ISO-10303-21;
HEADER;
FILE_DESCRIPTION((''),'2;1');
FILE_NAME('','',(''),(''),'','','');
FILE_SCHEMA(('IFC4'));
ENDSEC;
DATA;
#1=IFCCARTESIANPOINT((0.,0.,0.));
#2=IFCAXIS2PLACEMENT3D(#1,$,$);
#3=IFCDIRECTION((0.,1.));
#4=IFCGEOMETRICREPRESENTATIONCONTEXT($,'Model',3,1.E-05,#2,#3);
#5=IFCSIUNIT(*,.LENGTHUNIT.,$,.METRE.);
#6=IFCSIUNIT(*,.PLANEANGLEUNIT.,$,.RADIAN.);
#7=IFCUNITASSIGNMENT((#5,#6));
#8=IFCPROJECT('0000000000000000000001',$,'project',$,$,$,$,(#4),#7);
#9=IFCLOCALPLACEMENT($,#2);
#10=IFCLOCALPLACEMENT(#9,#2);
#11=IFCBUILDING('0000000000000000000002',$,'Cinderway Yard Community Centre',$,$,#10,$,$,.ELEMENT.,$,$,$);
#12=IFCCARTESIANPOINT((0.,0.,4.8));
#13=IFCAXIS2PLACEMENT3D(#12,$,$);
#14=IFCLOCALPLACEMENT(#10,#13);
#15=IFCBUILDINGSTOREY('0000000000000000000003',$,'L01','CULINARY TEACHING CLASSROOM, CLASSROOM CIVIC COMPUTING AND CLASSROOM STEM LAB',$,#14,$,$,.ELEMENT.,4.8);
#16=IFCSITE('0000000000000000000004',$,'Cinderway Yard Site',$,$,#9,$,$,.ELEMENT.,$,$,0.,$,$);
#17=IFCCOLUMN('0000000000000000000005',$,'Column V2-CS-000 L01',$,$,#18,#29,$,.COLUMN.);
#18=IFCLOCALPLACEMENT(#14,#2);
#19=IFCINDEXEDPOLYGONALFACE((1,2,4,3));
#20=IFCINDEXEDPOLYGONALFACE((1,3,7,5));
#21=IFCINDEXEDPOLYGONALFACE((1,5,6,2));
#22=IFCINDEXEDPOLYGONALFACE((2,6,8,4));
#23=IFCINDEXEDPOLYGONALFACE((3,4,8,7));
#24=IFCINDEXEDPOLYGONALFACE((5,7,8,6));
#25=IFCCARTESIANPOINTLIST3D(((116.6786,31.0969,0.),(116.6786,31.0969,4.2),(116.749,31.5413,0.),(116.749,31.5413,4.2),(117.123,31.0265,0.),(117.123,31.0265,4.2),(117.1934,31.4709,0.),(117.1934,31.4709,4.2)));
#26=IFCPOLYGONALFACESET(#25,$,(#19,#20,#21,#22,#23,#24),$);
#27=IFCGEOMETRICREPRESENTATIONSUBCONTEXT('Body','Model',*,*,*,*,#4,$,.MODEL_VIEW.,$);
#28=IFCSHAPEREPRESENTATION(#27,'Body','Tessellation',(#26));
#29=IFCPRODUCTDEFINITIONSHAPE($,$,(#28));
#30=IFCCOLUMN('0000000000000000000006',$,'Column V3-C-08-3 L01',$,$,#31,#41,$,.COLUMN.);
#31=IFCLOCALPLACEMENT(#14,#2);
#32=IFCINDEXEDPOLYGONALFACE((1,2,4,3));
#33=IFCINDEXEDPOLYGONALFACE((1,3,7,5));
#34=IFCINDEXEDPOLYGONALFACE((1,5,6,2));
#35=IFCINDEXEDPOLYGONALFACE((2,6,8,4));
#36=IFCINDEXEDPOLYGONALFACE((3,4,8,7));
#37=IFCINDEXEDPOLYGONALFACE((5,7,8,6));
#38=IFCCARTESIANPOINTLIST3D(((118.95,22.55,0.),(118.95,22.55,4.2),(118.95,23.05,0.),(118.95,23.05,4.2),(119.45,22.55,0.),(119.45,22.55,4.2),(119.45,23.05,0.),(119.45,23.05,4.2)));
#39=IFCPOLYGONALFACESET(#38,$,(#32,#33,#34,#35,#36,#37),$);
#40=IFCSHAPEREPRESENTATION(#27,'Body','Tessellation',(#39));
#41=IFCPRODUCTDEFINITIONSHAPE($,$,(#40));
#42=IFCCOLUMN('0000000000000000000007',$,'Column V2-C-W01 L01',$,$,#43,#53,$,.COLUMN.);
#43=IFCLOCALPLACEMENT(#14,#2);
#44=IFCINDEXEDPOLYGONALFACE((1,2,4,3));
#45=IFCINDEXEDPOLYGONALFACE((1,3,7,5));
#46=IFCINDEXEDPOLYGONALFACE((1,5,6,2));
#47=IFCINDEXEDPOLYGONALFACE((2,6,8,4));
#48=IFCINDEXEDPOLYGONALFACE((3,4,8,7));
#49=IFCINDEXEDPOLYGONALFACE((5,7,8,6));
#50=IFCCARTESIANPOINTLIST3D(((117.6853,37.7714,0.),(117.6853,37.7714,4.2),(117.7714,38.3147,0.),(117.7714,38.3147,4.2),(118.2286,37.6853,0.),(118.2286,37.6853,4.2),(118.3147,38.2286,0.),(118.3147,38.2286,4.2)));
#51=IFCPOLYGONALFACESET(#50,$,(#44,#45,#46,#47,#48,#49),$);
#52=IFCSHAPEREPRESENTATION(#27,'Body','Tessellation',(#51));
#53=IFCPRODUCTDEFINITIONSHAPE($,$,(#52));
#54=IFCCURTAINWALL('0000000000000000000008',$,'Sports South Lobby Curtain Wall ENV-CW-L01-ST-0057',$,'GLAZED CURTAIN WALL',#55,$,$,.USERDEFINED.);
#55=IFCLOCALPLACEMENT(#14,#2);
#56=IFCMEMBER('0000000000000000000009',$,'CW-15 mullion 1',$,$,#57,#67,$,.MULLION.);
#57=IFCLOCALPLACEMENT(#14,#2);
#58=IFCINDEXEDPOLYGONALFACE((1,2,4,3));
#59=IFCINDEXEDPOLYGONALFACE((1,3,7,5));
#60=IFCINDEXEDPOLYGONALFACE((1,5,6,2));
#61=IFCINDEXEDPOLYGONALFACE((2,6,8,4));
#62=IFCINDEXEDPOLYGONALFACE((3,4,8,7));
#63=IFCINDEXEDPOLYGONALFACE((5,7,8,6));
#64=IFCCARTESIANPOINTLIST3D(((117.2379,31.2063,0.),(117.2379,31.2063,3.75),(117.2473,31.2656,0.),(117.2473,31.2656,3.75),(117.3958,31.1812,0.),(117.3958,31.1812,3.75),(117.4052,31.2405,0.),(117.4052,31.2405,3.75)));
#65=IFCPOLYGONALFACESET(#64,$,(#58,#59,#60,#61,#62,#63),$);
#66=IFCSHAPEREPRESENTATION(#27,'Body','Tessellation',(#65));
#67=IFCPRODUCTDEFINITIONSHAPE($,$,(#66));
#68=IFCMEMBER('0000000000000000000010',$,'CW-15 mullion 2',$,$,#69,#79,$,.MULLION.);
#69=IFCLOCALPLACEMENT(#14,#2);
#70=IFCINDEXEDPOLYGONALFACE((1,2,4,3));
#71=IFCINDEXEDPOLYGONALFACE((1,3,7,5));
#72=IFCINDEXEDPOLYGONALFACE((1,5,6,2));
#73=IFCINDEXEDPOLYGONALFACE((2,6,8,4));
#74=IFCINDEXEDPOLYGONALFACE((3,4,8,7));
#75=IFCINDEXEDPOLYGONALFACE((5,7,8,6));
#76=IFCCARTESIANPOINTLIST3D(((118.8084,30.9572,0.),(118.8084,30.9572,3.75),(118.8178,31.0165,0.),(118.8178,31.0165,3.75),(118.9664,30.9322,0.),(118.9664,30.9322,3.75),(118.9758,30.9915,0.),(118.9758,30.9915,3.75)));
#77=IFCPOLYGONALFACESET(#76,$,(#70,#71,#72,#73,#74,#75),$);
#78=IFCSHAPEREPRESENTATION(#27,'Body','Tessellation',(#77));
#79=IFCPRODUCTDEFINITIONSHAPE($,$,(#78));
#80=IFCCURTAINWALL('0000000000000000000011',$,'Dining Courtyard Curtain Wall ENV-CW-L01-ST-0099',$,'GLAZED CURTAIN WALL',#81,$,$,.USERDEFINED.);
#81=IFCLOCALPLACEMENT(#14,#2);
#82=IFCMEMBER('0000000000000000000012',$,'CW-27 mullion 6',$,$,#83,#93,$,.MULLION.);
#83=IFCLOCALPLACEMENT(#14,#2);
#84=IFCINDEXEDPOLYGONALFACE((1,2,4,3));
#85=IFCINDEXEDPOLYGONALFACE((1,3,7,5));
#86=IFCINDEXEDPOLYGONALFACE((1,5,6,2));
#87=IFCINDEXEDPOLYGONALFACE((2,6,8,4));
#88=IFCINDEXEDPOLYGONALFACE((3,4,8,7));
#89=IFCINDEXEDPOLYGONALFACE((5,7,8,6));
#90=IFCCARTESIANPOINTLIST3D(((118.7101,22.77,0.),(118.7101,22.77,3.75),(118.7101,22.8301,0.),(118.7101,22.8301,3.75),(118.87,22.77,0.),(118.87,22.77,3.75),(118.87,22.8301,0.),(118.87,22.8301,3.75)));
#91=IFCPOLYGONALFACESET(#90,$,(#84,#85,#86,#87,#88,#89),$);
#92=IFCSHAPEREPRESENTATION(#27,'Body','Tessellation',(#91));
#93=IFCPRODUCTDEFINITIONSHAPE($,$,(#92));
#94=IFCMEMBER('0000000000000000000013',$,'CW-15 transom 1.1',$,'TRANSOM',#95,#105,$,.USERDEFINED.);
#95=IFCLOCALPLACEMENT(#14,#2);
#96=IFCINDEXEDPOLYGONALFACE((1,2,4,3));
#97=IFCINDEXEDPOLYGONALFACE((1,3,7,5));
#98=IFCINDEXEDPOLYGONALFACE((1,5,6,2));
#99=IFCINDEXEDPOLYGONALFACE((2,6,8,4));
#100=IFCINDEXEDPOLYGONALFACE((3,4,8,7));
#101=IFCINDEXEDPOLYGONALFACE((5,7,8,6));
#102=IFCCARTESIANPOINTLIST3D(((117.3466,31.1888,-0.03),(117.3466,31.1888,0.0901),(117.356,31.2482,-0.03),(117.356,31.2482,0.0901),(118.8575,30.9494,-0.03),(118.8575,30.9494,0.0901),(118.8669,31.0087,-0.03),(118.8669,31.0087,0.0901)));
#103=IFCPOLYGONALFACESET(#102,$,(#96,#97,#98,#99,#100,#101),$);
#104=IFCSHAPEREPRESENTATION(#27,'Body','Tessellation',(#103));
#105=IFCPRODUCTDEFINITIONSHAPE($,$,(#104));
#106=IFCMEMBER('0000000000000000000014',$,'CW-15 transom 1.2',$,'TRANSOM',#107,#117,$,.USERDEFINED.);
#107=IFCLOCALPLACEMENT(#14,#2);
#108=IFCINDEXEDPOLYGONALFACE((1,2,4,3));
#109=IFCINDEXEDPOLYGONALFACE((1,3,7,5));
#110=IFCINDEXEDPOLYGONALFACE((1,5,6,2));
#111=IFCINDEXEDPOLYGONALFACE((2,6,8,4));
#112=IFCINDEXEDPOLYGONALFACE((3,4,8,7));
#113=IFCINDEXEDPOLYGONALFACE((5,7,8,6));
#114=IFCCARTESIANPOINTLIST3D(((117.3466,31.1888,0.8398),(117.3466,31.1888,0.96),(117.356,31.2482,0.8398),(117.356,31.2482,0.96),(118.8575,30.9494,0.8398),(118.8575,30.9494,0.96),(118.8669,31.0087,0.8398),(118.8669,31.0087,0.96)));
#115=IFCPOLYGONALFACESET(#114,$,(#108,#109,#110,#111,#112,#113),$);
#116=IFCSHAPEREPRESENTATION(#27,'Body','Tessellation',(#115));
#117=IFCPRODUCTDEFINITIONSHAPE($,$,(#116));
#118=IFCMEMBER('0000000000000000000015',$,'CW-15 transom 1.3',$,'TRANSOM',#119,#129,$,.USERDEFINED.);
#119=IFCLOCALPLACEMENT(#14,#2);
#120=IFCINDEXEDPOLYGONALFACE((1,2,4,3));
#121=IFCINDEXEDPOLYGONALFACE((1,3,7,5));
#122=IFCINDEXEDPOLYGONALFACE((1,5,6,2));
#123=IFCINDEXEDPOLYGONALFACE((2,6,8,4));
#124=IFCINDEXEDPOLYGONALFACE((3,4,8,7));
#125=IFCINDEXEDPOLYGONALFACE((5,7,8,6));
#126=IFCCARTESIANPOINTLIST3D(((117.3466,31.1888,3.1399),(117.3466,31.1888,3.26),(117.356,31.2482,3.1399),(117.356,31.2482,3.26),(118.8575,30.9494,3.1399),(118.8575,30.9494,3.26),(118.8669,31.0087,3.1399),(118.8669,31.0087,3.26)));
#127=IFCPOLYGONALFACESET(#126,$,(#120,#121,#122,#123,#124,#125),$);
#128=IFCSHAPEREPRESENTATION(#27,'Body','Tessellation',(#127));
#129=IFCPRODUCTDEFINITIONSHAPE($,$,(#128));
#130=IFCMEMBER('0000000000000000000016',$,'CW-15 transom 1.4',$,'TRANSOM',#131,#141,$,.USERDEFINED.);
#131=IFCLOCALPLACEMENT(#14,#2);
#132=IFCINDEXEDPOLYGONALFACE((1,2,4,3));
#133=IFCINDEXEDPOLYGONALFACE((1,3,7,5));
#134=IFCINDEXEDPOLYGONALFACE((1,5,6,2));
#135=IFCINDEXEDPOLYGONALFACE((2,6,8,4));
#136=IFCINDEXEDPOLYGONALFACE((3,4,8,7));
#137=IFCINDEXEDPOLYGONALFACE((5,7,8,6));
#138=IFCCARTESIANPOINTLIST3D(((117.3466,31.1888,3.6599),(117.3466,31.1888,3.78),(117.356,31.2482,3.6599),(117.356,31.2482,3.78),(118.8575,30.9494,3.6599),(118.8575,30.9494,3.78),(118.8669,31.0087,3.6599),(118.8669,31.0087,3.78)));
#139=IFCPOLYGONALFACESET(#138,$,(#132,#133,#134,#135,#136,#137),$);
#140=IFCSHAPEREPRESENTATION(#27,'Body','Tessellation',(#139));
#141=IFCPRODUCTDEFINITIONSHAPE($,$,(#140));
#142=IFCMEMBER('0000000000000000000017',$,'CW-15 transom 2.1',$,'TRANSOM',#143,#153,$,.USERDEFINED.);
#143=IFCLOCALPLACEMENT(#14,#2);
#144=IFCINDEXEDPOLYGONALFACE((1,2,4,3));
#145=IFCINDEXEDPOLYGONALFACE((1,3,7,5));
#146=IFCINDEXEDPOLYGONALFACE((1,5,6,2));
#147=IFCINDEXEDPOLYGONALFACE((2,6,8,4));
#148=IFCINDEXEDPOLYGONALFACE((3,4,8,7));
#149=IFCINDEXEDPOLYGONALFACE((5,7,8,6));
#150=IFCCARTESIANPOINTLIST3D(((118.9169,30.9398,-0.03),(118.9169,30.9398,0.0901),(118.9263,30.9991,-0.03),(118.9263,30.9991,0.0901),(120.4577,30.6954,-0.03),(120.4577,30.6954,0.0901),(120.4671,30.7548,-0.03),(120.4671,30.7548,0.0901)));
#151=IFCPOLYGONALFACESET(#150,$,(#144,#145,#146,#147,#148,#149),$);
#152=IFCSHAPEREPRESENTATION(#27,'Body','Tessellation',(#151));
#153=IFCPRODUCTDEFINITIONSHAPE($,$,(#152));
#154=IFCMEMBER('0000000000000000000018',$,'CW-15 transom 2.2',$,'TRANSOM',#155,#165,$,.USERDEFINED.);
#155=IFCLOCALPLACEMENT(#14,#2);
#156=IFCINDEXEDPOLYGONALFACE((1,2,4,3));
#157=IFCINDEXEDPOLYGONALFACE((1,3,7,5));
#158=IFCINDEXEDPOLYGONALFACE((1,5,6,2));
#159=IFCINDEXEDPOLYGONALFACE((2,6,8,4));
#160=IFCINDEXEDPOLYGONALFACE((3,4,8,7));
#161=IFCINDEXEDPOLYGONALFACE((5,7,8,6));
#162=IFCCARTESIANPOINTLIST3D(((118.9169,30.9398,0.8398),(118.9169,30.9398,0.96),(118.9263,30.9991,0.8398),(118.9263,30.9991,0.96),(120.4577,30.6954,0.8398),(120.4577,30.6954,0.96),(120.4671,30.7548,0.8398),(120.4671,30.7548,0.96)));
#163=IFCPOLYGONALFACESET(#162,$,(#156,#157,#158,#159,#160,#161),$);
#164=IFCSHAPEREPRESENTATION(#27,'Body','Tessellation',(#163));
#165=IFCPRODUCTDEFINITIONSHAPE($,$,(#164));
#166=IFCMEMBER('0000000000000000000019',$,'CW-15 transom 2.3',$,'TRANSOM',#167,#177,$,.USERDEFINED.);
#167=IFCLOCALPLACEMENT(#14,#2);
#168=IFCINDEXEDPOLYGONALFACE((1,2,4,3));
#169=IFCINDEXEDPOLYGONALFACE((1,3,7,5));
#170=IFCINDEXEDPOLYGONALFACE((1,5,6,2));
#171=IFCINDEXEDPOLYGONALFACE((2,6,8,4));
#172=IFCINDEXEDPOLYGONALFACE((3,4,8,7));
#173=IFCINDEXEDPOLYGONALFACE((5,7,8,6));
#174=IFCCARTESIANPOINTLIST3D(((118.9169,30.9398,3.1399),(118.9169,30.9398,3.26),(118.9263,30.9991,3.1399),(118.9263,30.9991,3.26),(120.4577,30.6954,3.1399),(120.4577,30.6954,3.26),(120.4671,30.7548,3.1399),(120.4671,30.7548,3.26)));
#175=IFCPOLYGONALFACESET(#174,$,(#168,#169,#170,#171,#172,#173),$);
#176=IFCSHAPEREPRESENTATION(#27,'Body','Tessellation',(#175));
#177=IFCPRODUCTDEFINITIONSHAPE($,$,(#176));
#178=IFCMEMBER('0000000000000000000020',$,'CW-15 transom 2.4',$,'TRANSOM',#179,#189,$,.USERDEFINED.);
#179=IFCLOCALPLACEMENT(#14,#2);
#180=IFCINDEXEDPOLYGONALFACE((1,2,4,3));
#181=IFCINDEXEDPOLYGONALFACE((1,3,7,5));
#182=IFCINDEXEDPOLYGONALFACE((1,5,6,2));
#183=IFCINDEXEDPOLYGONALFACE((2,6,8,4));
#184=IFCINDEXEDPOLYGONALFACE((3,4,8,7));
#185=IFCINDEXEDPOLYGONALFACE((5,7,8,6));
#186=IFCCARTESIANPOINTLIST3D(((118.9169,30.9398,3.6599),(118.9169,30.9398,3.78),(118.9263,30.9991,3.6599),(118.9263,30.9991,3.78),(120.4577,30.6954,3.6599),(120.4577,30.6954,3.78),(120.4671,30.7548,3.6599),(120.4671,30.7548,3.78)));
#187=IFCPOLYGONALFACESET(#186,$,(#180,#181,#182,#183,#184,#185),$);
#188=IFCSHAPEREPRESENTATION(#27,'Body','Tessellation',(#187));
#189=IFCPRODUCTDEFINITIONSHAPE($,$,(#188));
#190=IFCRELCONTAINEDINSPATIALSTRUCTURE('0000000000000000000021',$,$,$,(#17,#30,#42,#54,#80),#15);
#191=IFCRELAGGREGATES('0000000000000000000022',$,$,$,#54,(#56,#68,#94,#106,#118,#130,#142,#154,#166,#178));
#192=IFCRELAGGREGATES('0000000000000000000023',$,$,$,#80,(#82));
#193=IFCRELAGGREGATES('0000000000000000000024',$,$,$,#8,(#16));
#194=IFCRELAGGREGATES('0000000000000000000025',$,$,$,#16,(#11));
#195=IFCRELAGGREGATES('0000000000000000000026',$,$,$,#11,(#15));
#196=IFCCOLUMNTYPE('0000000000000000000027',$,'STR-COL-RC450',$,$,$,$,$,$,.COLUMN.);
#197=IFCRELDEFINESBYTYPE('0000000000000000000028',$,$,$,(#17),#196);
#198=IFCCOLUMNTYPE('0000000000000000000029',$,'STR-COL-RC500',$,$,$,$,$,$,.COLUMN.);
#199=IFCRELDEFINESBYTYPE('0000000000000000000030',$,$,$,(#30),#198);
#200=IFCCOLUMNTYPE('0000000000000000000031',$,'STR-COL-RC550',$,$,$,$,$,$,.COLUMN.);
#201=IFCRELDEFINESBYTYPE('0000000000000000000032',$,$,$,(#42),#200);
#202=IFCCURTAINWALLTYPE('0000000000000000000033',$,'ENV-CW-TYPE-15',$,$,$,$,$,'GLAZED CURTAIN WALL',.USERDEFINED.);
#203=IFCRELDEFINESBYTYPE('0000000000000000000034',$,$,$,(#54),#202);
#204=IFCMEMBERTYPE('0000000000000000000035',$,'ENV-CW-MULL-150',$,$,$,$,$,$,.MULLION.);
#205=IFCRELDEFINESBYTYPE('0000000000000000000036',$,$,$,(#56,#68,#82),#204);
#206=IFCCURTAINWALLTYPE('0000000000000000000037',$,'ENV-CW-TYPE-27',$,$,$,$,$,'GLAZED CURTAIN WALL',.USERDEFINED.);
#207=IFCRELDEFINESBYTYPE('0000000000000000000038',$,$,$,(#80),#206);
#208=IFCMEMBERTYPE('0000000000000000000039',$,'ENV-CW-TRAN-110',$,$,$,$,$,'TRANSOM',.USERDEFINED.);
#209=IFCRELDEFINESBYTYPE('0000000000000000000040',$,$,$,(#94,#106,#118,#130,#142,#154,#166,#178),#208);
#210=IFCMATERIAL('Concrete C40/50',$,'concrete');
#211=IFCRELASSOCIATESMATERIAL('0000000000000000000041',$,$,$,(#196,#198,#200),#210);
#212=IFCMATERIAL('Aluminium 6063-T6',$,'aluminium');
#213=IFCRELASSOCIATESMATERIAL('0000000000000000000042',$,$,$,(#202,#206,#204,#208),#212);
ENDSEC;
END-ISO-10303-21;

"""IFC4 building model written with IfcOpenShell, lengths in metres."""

from ifc_helpers import new_model, si_unit, direction, frame, origin, origin_2d, place, context, subcontext, project, spatial, rectangle, extrude, material, material_profile, profile_set, type_object, element, aggregate, save


model = new_model("IFC4")

# Units and contexts
model_context = context("Model", 3, precision=1e-05, world=origin(), true_north=direction((0.0, 1.0)))
body_context = subcontext(model_context, "Body", "Model", "MODEL_VIEW")
ifc_project = project(units=[si_unit("LENGTHUNIT", "METRE"), si_unit("PLANEANGLEUNIT", "RADIAN")], contexts=[model_context])

# Site, building, storey
site_placement = place(None, origin())
site = spatial("IfcSite", under=ifc_project, at=site_placement, Name="Cinderway Yard Site", CompositionType="ELEMENT", RefElevation=0.0)
building_placement = place(site_placement, origin())
building = spatial("IfcBuilding", under=site, at=building_placement, Name="Cinderway Yard Community Centre", CompositionType="ELEMENT")
storey_placement = place(building_placement, frame((0.0, 0.0, 4.8)))
storey = spatial("IfcBuildingStorey", under=building, at=storey_placement, Name="L01", Description="CULINARY TEACHING CLASSROOM, CLASSROOM CIVIC COMPUTING AND CLASSROOM STEM LAB", CompositionType="ELEMENT", Elevation=4.8)

# Columns
ifc_material_1 = material(Name="Concrete C40/50", Category="concrete")
ifc_material_profile_1 = material_profile(ifc_material_1, rectangle(XDim=0.45, YDim=0.45, at=origin_2d()), Name="Concrete C40/50")
ifc_profile_set_1 = profile_set([ifc_material_profile_1], Name="Concrete C40/50")
column_type_1 = type_object("IfcColumnType", Name="STR-COL-RC450", PredefinedType="COLUMN", material=ifc_profile_set_1)
column_1_placement = place(storey_placement, frame((116.936, 31.2839, 0.0), z_axis=(0.0, 0.0, 1.0), x_axis=(0.987688, -0.156434, 0.0)))
element("IfcColumn", 1, at=column_1_placement, inside=storey, type_object=column_type_1, Name="Column V2-CS-000 L01", PredefinedType="COLUMN", context=body_context, shape_type="SweptSolid", body=[
    extrude(rectangle(XDim=0.45, YDim=0.45, at=origin_2d()), origin(), (0.0, 0.0, 1.0), 4.2),
])
ifc_material_profile_2 = material_profile(ifc_material_1, rectangle(XDim=0.5, YDim=0.5, at=origin_2d()), Name="Concrete C40/50")
ifc_profile_set_2 = profile_set([ifc_material_profile_2], Name="Concrete C40/50")
column_type_2 = type_object("IfcColumnType", Name="STR-COL-RC500", PredefinedType="COLUMN", material=ifc_profile_set_2)
column_2_placement = place(storey_placement, frame((119.2, 22.8, 0.0), z_axis=(0.0, 0.0, 1.0), x_axis=(1.0, 0.0, 0.0)))
element("IfcColumn", 2, at=column_2_placement, inside=storey, type_object=column_type_2, Name="Column V3-C-08-3 L01", PredefinedType="COLUMN", context=body_context, shape_type="SweptSolid", body=[
    extrude(rectangle(XDim=0.5, YDim=0.5, at=origin_2d()), origin(), (0.0, 0.0, 1.0), 4.2),
])
ifc_material_profile_3 = material_profile(ifc_material_1, rectangle(XDim=0.55, YDim=0.55, at=origin_2d()), Name="Concrete C40/50")
ifc_profile_set_3 = profile_set([ifc_material_profile_3], Name="Concrete C40/50")
column_type_3 = type_object("IfcColumnType", Name="STR-COL-RC550", PredefinedType="COLUMN", material=ifc_profile_set_3)
column_3_placement = place(storey_placement, frame((118.0, 38.0, 0.0), z_axis=(0.0, 0.0, 1.0), x_axis=(0.987688, -0.156434, 0.0)))
element("IfcColumn", 3, at=column_3_placement, inside=storey, type_object=column_type_3, Name="Column V2-C-W01 L01", PredefinedType="COLUMN", context=body_context, shape_type="SweptSolid", body=[
    extrude(rectangle(XDim=0.55, YDim=0.55, at=origin_2d()), origin(), (0.0, 0.0, 1.0), 4.2),
])

# Curtain wall, members
ifc_material_2 = material(Name="Aluminium 6063-T6", Category="aluminium")
curtain_wall_type_1 = type_object("IfcCurtainWallType", Name="ENV-CW-TYPE-15", ElementType="GLAZED CURTAIN WALL", PredefinedType="USERDEFINED", material=ifc_material_2)
curtain_wall_1_placement = place(storey_placement, origin())
curtain_wall_1 = element("IfcCurtainWall", 4, at=curtain_wall_1_placement, inside=storey, type_object=curtain_wall_type_1, Name="Sports South Lobby Curtain Wall ENV-CW-L01-ST-0057", ObjectType="GLAZED CURTAIN WALL", PredefinedType="USERDEFINED")
ifc_material_profile_4 = material_profile(ifc_material_2, rectangle(XDim=0.0601, YDim=0.1599, at=origin_2d()), Name="Aluminium 6063-T6")
ifc_profile_set_4 = profile_set([ifc_material_profile_4], Name="Aluminium 6063-T6")
member_type_1 = type_object("IfcMemberType", Name="ENV-CW-MULL-150", PredefinedType="MULLION", material=ifc_profile_set_4)
member_1_placement = place(storey_placement, frame((117.3215, 31.2234, 0.0), z_axis=(0.0, 0.0, 1.0), x_axis=(0.156636, 0.987656, 0.0)))
member_1 = element("IfcMember", 5, at=member_1_placement, type_object=member_type_1, Name="CW-15 mullion 1", PredefinedType="MULLION", context=body_context, shape_type="SweptSolid", body=[
    extrude(rectangle(XDim=0.0601, YDim=0.1599, at=origin_2d()), origin(), (0.0, 0.0, 1.0), 3.75),
])
member_2_placement = place(storey_placement, frame((118.8921, 30.9744, 0.0), z_axis=(0.0, 0.0, 1.0), x_axis=(0.156636, 0.987656, 0.0)))
member_2 = element("IfcMember", 6, at=member_2_placement, type_object=member_type_1, Name="CW-15 mullion 2", PredefinedType="MULLION", context=body_context, shape_type="SweptSolid", body=[
    extrude(rectangle(XDim=0.0601, YDim=0.1599, at=origin_2d()), origin(), (0.0, 0.0, 1.0), 3.75),
])

# Curtain wall, member
curtain_wall_type_2 = type_object("IfcCurtainWallType", Name="ENV-CW-TYPE-27", ElementType="GLAZED CURTAIN WALL", PredefinedType="USERDEFINED", material=ifc_material_2)
curtain_wall_2_placement = place(storey_placement, origin())
curtain_wall_2 = element("IfcCurtainWall", 7, at=curtain_wall_2_placement, inside=storey, type_object=curtain_wall_type_2, Name="Dining Courtyard Curtain Wall ENV-CW-L01-ST-0099", ObjectType="GLAZED CURTAIN WALL", PredefinedType="USERDEFINED")
member_3_placement = place(storey_placement, frame((118.79, 22.8, 0.0), z_axis=(0.0, 0.0, 1.0), x_axis=(0.0, 1.0, 0.0)))
member_3 = element("IfcMember", 8, at=member_3_placement, type_object=member_type_1, Name="CW-27 mullion 6", PredefinedType="MULLION", context=body_context, shape_type="SweptSolid", body=[
    extrude(rectangle(XDim=0.0601, YDim=0.1599, at=origin_2d()), origin(), (0.0, 0.0, 1.0), 3.75),
])

# Members
ifc_material_profile_5 = material_profile(ifc_material_2, rectangle(XDim=0.0601, YDim=0.1201, at=origin_2d()), Name="Aluminium 6063-T6")
ifc_profile_set_5 = profile_set([ifc_material_profile_5], Name="Aluminium 6063-T6")
member_type_2 = type_object("IfcMemberType", Name="ENV-CW-TRAN-110", ElementType="TRANSOM", PredefinedType="USERDEFINED", material=ifc_profile_set_5)
member_4_placement = place(storey_placement, frame((117.3513, 31.2185, 0.03), z_axis=(0.98767, -0.156553, 0.0), x_axis=(0.156553, 0.98767, 0.0)))
member_4 = element("IfcMember", 9, at=member_4_placement, type_object=member_type_2, Name="CW-15 transom 1.1", ObjectType="TRANSOM", PredefinedType="USERDEFINED", context=body_context, shape_type="SweptSolid", body=[
    extrude(rectangle(XDim=0.0601, YDim=0.1201, at=origin_2d()), origin(), (0.0, 0.0, 1.0), 1.5298),
])
member_5_placement = place(storey_placement, frame((117.3513, 31.2185, 0.8999), z_axis=(0.98767, -0.156553, 0.0), x_axis=(0.156553, 0.98767, 0.0)))
member_5 = element("IfcMember", 10, at=member_5_placement, type_object=member_type_2, Name="CW-15 transom 1.2", ObjectType="TRANSOM", PredefinedType="USERDEFINED", context=body_context, shape_type="SweptSolid", body=[
    extrude(rectangle(XDim=0.0601, YDim=0.1201, at=origin_2d()), origin(), (0.0, 0.0, 1.0), 1.5298),
])
member_6_placement = place(storey_placement, frame((117.3513, 31.2185, 3.2), z_axis=(0.98767, -0.156553, 0.0), x_axis=(0.156553, 0.98767, 0.0)))
member_6 = element("IfcMember", 11, at=member_6_placement, type_object=member_type_2, Name="CW-15 transom 1.3", ObjectType="TRANSOM", PredefinedType="USERDEFINED", context=body_context, shape_type="SweptSolid", body=[
    extrude(rectangle(XDim=0.0601, YDim=0.1201, at=origin_2d()), origin(), (0.0, 0.0, 1.0), 1.5298),
])
member_7_placement = place(storey_placement, frame((117.3513, 31.2185, 3.72), z_axis=(0.98767, -0.156553, 0.0), x_axis=(0.156553, 0.98767, 0.0)))
member_7 = element("IfcMember", 12, at=member_7_placement, type_object=member_type_2, Name="CW-15 transom 1.4", ObjectType="TRANSOM", PredefinedType="USERDEFINED", context=body_context, shape_type="SweptSolid", body=[
    extrude(rectangle(XDim=0.0601, YDim=0.1201, at=origin_2d()), origin(), (0.0, 0.0, 1.0), 1.5298),
])
member_8_placement = place(storey_placement, frame((118.9216, 30.9695, 0.03), z_axis=(0.987654, -0.156654, 0.0), x_axis=(0.156654, 0.987654, 0.0)))
member_8 = element("IfcMember", 13, at=member_8_placement, type_object=member_type_2, Name="CW-15 transom 2.1", ObjectType="TRANSOM", PredefinedType="USERDEFINED", context=body_context, shape_type="SweptSolid", body=[
    extrude(rectangle(XDim=0.0601, YDim=0.1201, at=origin_2d()), origin(), (0.0, 0.0, 1.0), 1.5601),
])
member_9_placement = place(storey_placement, frame((118.9216, 30.9695, 0.8999), z_axis=(0.987654, -0.156654, 0.0), x_axis=(0.156654, 0.987654, 0.0)))
member_9 = element("IfcMember", 14, at=member_9_placement, type_object=member_type_2, Name="CW-15 transom 2.2", ObjectType="TRANSOM", PredefinedType="USERDEFINED", context=body_context, shape_type="SweptSolid", body=[
    extrude(rectangle(XDim=0.0601, YDim=0.1201, at=origin_2d()), origin(), (0.0, 0.0, 1.0), 1.5601),
])
member_10_placement = place(storey_placement, frame((118.9216, 30.9695, 3.2), z_axis=(0.987654, -0.156654, 0.0), x_axis=(0.156654, 0.987654, 0.0)))
member_10 = element("IfcMember", 15, at=member_10_placement, type_object=member_type_2, Name="CW-15 transom 2.3", ObjectType="TRANSOM", PredefinedType="USERDEFINED", context=body_context, shape_type="SweptSolid", body=[
    extrude(rectangle(XDim=0.0601, YDim=0.1201, at=origin_2d()), origin(), (0.0, 0.0, 1.0), 1.5601),
])
member_11_placement = place(storey_placement, frame((118.9216, 30.9695, 3.72), z_axis=(0.987654, -0.156654, 0.0), x_axis=(0.156654, 0.987654, 0.0)))
member_11 = element("IfcMember", 16, at=member_11_placement, type_object=member_type_2, Name="CW-15 transom 2.4", ObjectType="TRANSOM", PredefinedType="USERDEFINED", context=body_context, shape_type="SweptSolid", body=[
    extrude(rectangle(XDim=0.0601, YDim=0.1201, at=origin_2d()), origin(), (0.0, 0.0, 1.0), 1.5601),
])

aggregate(curtain_wall_1, [member_1, member_2, member_4, member_5, member_6, member_7, member_8, member_9, member_10, member_11])
aggregate(curtain_wall_2, [member_3])

save(model, "model.ifc")
